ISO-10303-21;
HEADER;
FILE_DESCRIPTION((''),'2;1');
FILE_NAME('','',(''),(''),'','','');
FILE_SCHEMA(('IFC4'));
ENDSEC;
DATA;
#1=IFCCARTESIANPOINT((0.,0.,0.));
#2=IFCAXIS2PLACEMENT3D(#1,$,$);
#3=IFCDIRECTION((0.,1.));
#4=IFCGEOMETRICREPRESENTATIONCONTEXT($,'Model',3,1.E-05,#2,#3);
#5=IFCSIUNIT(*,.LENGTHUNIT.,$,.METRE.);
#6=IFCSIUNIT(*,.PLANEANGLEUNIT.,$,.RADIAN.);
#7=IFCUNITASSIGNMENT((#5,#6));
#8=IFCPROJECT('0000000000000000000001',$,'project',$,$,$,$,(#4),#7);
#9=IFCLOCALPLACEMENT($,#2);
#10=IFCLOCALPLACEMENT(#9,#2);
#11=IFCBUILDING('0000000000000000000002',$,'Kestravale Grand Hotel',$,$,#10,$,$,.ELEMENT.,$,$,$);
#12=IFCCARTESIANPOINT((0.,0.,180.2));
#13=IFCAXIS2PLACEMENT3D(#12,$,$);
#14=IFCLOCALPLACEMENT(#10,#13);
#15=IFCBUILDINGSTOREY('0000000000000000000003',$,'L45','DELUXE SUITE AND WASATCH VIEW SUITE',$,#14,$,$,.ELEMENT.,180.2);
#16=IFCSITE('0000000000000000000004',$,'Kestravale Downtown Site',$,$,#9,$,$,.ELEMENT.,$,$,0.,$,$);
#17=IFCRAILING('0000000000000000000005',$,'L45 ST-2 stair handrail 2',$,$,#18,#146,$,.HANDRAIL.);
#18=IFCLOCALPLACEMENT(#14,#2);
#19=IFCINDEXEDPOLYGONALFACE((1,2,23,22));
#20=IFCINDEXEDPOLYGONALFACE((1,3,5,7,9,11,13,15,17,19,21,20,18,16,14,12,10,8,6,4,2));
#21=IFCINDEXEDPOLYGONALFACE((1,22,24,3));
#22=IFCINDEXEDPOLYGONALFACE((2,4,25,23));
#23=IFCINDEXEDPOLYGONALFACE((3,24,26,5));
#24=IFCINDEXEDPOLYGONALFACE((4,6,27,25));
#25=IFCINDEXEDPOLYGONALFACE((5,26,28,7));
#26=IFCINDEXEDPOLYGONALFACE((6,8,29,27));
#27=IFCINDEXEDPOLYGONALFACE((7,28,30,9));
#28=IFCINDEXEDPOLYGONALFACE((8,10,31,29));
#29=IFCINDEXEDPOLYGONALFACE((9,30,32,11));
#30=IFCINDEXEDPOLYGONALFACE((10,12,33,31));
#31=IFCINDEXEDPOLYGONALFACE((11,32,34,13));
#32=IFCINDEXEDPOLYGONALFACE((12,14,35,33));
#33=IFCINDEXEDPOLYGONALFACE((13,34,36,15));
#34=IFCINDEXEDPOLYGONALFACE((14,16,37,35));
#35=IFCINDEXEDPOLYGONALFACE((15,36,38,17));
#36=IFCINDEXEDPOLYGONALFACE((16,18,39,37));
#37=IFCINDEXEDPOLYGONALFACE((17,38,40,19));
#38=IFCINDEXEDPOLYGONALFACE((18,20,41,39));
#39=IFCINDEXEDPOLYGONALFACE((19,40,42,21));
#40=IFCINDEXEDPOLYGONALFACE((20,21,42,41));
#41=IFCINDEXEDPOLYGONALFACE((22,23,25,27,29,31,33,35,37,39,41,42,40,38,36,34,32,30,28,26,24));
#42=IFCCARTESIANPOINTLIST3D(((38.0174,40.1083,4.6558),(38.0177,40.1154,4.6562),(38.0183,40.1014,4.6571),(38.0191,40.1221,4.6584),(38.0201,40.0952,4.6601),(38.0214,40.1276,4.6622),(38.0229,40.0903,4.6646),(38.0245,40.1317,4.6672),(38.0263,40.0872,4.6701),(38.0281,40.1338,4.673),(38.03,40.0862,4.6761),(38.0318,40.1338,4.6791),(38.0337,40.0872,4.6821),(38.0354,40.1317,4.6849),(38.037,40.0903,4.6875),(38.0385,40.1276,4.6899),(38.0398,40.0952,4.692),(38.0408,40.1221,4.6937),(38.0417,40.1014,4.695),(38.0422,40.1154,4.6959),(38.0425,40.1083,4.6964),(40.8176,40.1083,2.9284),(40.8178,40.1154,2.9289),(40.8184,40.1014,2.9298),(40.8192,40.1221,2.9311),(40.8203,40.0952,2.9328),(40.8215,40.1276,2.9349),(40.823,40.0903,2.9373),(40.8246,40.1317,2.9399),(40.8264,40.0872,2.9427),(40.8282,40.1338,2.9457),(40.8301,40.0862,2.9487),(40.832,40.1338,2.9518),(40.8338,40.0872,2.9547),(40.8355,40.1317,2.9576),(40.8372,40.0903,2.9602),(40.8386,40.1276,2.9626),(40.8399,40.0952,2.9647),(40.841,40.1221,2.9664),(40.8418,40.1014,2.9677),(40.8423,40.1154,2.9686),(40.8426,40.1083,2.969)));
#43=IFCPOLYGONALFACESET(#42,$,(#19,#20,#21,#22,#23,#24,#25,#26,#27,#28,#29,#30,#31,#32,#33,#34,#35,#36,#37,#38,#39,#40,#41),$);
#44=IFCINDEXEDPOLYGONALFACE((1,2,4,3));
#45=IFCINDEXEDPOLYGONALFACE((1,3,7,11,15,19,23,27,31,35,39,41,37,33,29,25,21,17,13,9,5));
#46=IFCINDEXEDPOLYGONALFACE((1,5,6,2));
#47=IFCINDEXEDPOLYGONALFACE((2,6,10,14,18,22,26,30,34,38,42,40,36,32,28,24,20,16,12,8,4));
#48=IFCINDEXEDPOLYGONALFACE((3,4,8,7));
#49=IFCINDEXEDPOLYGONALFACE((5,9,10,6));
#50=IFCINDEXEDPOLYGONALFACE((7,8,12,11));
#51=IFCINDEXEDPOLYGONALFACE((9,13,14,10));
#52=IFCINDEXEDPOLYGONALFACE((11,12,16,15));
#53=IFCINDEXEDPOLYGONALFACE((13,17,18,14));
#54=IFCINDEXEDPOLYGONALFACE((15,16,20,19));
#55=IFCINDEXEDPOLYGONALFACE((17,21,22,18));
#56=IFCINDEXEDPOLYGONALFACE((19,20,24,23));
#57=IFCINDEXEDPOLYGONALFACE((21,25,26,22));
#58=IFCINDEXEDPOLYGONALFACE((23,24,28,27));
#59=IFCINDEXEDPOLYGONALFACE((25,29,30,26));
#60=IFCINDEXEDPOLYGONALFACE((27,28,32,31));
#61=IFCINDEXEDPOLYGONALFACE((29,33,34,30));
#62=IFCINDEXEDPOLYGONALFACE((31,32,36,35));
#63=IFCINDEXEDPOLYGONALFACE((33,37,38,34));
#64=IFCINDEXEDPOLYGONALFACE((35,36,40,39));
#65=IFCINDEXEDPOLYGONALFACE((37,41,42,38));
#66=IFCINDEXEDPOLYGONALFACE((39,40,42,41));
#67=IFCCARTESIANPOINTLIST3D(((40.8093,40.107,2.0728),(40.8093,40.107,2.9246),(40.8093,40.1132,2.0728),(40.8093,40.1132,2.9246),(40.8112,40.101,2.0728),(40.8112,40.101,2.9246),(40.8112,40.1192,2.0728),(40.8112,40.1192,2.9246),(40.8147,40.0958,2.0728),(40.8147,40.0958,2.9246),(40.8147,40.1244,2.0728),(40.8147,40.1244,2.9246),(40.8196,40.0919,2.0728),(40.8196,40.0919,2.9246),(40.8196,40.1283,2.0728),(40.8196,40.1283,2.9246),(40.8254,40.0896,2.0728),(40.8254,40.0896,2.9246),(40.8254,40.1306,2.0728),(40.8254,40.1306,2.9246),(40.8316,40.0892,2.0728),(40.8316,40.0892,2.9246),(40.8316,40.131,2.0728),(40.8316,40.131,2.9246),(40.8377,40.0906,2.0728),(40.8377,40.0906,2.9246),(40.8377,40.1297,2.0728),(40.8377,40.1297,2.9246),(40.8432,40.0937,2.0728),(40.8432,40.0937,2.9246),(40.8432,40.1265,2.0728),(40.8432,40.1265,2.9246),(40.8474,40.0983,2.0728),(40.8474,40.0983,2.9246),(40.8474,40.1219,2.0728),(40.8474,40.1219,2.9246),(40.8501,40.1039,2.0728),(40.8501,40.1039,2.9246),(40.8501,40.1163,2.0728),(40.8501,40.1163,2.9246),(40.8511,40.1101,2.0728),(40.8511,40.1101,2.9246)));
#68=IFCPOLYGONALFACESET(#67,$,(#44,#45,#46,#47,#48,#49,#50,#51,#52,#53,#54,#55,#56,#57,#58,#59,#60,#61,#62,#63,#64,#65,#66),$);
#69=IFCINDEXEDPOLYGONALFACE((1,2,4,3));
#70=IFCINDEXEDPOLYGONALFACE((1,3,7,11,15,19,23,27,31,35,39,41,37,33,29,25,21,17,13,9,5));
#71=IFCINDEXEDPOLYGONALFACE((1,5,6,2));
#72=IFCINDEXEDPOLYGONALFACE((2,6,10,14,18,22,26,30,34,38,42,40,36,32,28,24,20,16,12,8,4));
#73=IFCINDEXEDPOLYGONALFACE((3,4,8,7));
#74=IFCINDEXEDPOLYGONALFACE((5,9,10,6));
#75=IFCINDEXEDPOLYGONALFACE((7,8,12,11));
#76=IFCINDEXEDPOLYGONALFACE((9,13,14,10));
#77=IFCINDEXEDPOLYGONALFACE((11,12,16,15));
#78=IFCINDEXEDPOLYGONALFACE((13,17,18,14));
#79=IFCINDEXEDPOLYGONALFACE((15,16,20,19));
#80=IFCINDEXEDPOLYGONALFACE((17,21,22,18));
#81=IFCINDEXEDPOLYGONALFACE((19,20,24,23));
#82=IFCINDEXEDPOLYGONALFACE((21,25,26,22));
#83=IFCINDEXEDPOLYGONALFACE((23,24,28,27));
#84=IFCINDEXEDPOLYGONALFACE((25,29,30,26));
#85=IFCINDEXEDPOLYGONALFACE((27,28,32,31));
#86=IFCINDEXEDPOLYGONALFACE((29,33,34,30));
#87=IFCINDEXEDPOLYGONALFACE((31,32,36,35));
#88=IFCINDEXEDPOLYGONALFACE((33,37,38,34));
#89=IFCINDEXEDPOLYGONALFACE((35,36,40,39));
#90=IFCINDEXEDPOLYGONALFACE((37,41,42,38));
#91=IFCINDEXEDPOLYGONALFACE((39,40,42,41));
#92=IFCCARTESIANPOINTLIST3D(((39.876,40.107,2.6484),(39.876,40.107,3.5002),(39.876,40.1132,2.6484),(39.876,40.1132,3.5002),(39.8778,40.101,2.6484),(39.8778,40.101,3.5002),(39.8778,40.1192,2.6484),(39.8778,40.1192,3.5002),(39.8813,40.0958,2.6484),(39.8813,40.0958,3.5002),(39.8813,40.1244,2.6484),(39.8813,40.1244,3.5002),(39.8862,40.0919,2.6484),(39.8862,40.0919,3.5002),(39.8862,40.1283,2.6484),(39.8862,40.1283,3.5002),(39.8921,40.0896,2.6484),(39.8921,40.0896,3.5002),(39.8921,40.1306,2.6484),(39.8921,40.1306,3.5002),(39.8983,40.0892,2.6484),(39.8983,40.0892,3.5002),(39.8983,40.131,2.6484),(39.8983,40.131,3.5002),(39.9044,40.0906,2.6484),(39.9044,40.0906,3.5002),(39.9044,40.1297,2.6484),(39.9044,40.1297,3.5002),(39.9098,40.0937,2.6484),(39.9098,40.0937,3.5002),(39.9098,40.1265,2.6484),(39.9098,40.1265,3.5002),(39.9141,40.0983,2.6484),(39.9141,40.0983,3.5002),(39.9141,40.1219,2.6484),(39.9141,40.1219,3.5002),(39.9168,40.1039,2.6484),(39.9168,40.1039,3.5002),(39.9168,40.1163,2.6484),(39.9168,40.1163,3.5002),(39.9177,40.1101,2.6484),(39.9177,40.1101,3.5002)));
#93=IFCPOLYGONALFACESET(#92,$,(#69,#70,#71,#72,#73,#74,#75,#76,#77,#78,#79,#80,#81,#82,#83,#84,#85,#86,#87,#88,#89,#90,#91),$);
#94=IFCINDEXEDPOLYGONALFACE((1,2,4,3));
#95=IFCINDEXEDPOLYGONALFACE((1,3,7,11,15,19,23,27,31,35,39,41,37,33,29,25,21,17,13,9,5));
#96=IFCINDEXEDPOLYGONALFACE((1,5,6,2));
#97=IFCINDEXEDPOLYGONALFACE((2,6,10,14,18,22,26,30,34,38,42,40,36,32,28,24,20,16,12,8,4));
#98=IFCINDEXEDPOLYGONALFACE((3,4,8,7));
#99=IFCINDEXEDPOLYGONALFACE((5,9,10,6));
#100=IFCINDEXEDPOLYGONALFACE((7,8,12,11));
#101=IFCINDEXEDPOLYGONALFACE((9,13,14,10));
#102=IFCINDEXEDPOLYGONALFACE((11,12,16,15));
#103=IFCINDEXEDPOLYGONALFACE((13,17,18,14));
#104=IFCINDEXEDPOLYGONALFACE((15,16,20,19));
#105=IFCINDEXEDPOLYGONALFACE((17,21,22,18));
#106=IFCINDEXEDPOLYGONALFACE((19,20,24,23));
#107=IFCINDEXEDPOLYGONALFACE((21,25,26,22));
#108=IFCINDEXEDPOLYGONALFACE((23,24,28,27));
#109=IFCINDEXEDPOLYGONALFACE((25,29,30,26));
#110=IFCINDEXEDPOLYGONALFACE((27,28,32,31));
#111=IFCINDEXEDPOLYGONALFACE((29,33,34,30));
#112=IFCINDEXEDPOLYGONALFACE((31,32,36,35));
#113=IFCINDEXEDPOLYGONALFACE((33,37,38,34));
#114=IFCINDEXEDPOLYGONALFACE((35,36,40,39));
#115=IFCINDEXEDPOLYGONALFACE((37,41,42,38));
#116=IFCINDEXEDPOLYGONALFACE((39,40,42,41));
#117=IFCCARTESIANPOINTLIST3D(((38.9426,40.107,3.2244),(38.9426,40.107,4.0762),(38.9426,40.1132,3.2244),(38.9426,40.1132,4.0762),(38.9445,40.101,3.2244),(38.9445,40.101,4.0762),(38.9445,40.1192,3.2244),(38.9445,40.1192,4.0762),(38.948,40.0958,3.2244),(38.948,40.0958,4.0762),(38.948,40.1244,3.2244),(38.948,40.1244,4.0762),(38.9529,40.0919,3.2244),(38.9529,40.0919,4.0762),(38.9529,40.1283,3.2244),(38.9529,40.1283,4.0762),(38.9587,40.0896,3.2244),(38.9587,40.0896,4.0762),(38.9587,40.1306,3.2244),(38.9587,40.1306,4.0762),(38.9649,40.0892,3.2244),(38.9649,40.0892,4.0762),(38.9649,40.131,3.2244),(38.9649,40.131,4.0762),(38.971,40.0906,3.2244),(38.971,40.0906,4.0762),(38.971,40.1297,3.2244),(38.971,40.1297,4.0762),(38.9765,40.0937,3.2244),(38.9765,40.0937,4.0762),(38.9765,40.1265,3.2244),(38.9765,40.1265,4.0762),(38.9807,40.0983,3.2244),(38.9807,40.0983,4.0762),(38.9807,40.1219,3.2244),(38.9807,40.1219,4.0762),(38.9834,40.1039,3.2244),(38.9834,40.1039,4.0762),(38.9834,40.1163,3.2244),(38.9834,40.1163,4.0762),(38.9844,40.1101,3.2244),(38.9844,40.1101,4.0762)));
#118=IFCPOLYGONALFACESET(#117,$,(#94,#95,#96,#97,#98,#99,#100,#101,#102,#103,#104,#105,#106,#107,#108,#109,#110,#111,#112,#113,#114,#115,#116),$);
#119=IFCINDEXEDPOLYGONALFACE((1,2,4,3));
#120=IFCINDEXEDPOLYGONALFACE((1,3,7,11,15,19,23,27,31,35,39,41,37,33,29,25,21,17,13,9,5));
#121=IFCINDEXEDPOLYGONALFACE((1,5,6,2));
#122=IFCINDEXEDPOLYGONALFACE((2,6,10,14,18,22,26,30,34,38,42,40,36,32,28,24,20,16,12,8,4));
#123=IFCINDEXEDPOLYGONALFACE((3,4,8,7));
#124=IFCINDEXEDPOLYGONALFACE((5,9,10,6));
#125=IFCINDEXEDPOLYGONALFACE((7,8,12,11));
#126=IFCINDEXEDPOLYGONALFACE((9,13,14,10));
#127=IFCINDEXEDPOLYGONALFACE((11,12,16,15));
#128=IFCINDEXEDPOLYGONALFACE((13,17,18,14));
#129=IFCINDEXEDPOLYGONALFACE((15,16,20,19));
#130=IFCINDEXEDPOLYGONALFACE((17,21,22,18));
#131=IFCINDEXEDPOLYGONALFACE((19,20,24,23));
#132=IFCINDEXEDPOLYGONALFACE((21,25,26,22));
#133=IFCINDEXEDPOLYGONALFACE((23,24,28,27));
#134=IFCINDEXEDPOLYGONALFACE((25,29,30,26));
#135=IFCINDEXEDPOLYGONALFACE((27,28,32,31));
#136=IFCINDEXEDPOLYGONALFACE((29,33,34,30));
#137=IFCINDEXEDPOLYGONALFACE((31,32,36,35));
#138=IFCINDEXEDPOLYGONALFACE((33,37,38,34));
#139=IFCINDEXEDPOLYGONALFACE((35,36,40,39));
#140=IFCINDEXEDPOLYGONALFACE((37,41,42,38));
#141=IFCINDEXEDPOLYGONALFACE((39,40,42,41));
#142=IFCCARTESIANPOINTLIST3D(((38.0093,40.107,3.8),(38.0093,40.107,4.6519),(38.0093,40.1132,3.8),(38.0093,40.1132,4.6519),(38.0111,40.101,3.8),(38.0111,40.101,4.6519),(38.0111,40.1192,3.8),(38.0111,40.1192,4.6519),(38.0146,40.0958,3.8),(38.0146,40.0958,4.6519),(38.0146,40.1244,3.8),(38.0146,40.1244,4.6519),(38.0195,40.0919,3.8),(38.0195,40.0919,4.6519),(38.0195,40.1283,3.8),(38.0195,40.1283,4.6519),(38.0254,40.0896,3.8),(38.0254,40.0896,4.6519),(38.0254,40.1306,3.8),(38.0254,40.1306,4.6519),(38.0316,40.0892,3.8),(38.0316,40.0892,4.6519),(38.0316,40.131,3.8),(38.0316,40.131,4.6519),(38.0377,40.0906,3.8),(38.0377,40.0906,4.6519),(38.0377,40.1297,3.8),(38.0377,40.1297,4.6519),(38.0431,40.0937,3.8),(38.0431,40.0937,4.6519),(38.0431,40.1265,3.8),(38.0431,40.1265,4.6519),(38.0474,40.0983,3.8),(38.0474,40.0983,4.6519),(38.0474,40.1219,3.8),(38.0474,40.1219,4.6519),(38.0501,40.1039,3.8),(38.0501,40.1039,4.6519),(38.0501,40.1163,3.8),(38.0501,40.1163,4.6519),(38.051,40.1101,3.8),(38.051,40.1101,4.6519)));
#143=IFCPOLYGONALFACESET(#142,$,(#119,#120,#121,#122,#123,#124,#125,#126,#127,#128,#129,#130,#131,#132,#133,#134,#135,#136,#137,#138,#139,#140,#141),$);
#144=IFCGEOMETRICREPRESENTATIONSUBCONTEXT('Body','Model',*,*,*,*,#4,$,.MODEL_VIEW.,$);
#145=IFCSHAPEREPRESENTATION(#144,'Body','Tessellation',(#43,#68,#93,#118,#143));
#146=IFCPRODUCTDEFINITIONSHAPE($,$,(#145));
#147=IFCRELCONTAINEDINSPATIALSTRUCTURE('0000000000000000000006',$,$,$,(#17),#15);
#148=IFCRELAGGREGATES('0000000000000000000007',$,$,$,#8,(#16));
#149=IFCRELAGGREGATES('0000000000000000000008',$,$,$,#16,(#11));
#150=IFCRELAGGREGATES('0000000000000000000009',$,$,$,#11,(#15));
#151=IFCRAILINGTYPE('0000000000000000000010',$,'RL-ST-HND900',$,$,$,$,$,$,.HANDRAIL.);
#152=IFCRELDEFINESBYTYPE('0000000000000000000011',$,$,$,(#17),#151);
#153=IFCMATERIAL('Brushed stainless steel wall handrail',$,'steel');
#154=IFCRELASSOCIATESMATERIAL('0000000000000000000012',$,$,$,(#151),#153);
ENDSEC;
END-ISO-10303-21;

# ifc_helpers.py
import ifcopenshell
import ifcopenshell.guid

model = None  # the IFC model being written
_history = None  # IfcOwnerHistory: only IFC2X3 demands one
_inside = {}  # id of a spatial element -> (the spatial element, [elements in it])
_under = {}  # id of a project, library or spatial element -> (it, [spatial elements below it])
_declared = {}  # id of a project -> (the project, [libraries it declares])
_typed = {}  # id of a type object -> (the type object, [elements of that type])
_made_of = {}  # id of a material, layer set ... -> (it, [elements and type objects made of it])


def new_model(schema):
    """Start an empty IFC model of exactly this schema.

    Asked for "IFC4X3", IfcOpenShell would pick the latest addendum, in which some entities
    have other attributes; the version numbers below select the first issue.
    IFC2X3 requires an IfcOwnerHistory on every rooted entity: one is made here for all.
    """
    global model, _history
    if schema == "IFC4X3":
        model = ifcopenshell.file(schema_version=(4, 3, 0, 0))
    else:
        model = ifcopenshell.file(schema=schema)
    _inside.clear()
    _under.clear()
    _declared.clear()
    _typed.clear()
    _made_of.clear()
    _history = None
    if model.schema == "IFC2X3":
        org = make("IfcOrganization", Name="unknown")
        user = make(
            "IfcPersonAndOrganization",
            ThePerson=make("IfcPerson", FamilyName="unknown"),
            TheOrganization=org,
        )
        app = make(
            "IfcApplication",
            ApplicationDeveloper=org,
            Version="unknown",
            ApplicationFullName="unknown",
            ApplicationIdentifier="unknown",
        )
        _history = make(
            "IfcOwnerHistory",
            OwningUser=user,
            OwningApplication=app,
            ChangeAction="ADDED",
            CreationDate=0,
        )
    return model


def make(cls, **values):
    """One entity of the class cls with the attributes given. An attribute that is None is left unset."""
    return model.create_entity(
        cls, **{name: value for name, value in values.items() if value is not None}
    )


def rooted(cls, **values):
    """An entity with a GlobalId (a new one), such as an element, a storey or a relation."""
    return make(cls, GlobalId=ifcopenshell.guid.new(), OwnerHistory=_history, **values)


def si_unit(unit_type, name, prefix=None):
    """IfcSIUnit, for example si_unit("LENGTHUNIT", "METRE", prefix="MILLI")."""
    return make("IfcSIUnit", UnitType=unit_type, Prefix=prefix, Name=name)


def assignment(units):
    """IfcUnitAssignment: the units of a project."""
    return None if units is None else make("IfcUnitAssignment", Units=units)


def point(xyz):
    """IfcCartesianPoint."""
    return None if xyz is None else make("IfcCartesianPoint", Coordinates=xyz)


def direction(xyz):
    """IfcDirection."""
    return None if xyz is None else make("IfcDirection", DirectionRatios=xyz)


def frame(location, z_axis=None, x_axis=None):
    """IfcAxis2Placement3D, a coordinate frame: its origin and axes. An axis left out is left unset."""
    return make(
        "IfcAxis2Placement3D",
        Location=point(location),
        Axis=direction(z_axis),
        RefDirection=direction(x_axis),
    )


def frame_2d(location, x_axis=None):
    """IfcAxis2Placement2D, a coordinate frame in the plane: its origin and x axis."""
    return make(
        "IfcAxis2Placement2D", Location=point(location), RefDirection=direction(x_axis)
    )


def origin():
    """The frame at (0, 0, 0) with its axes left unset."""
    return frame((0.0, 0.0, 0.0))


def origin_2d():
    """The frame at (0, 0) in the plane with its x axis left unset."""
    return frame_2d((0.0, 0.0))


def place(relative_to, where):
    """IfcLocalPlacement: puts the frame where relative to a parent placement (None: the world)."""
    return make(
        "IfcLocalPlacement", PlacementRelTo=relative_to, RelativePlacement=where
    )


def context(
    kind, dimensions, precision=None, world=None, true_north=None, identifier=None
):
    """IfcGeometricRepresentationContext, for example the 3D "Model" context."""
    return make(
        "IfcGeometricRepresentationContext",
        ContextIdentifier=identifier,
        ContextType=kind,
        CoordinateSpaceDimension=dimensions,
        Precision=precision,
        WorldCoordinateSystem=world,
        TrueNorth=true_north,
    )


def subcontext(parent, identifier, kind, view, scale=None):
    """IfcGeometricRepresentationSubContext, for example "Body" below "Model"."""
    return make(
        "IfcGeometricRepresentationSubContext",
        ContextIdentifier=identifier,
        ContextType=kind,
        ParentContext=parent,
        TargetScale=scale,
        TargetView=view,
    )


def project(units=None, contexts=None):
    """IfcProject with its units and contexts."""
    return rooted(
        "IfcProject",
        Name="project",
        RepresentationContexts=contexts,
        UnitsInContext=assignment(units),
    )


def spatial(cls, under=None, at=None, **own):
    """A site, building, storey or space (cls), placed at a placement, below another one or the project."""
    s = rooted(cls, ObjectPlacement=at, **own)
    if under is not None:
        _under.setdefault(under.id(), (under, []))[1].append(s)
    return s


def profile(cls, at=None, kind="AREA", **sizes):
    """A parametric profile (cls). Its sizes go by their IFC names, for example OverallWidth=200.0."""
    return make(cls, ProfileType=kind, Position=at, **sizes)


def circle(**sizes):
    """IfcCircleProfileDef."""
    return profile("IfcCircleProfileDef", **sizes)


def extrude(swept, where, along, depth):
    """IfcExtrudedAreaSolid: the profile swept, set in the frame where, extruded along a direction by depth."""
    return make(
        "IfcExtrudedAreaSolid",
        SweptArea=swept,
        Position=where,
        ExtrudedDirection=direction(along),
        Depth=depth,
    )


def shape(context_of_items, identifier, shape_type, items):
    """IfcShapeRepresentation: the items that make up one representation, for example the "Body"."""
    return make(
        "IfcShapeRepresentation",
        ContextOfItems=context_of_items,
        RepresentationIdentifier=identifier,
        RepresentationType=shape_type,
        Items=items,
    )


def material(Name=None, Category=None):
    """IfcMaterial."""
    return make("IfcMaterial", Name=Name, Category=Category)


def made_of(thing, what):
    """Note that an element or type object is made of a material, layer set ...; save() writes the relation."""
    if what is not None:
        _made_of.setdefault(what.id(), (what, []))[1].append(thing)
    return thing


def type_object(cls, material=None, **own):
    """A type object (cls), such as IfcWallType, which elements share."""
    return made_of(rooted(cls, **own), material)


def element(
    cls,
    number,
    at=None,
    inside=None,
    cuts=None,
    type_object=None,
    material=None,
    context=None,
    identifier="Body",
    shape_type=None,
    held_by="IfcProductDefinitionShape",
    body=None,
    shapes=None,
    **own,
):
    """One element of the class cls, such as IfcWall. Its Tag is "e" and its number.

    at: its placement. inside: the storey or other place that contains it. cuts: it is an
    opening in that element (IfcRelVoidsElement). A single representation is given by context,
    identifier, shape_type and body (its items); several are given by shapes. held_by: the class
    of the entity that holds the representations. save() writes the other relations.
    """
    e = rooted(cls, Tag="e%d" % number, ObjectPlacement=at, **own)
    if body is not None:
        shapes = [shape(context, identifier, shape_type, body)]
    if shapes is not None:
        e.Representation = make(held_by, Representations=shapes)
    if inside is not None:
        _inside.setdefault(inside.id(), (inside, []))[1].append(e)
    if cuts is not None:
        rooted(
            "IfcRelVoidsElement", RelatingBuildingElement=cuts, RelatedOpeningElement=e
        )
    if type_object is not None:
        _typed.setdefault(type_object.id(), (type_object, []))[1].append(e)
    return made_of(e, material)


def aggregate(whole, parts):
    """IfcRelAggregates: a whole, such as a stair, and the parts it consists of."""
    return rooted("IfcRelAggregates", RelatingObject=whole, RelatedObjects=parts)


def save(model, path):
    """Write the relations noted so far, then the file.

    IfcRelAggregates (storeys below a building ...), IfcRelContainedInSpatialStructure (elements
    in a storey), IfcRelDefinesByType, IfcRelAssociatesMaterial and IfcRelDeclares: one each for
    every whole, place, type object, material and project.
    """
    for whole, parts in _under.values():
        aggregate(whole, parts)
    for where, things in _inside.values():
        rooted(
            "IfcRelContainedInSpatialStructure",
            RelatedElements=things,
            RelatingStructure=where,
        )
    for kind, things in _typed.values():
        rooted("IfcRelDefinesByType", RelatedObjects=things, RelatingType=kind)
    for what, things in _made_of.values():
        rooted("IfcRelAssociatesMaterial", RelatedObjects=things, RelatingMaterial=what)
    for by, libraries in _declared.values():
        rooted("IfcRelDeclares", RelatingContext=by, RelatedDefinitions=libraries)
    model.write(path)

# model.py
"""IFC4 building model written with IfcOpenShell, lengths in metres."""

from ifc_helpers import new_model, si_unit, direction, frame, origin, origin_2d, place, context, subcontext, project, spatial, circle, extrude, material, type_object, element, save


model = new_model("IFC4")

# Units and contexts
model_context = context("Model", 3, precision=1e-05, world=origin(), true_north=direction((0.0, 1.0)))
body_context = subcontext(model_context, "Body", "Model", "MODEL_VIEW")
ifc_project = project(units=[si_unit("LENGTHUNIT", "METRE"), si_unit("PLANEANGLEUNIT", "RADIAN")], contexts=[model_context])

# Site, building, storey
site_placement = place(None, origin())
site = spatial("IfcSite", under=ifc_project, at=site_placement, Name="Kestravale Downtown Site", CompositionType="ELEMENT", RefElevation=0.0)
building_placement = place(site_placement, origin())
building = spatial("IfcBuilding", under=site, at=building_placement, Name="Kestravale Grand Hotel", CompositionType="ELEMENT")
storey_placement = place(building_placement, frame((0.0, 0.0, 180.2)))
storey = spatial("IfcBuildingStorey", under=building, at=storey_placement, Name="L45", Description="DELUXE SUITE AND WASATCH VIEW SUITE", CompositionType="ELEMENT", Elevation=180.2)

# Railing
ifc_material_1 = material(Name="Brushed stainless steel wall handrail", Category="steel")
railing_type_1 = type_object("IfcRailingType", Name="RL-ST-HND900", PredefinedType="HANDRAIL", material=ifc_material_1)
railing_1_placement = place(storey_placement, frame((40.8301, 40.1101, 2.0728)))
element("IfcRailing", 1, at=railing_1_placement, inside=storey, type_object=railing_type_1, Name="L45 ST-2 stair handrail 2", PredefinedType="HANDRAIL", context=body_context, shape_type="SweptSolid", body=[
    extrude(circle(Radius=0.0239, at=origin_2d()), frame((0.0, 0.0, 0.876), z_axis=(-0.85109, 0.0, 0.52502), x_axis=(0.0, -1.0, 0.0)), (0.0, 0.0, 1.0), 3.29),
    extrude(circle(Radius=0.021, at=origin_2d()), origin(), (0.0, 0.0, 1.0), 0.8518),
    extrude(circle(Radius=0.021, at=origin_2d()), frame((-0.9333, 0.0, 0.5757)), (0.0, 0.0, 1.0), 0.8518),
    extrude(circle(Radius=0.021, at=origin_2d()), frame((-1.8667, 0.0, 1.1516)), (0.0, 0.0, 1.0), 0.8518),
    extrude(circle(Radius=0.021, at=origin_2d()), frame((-2.8, 0.0, 1.7273)), (0.0, 0.0, 1.0), 0.8518),
])

save(model, "model.ifc")
